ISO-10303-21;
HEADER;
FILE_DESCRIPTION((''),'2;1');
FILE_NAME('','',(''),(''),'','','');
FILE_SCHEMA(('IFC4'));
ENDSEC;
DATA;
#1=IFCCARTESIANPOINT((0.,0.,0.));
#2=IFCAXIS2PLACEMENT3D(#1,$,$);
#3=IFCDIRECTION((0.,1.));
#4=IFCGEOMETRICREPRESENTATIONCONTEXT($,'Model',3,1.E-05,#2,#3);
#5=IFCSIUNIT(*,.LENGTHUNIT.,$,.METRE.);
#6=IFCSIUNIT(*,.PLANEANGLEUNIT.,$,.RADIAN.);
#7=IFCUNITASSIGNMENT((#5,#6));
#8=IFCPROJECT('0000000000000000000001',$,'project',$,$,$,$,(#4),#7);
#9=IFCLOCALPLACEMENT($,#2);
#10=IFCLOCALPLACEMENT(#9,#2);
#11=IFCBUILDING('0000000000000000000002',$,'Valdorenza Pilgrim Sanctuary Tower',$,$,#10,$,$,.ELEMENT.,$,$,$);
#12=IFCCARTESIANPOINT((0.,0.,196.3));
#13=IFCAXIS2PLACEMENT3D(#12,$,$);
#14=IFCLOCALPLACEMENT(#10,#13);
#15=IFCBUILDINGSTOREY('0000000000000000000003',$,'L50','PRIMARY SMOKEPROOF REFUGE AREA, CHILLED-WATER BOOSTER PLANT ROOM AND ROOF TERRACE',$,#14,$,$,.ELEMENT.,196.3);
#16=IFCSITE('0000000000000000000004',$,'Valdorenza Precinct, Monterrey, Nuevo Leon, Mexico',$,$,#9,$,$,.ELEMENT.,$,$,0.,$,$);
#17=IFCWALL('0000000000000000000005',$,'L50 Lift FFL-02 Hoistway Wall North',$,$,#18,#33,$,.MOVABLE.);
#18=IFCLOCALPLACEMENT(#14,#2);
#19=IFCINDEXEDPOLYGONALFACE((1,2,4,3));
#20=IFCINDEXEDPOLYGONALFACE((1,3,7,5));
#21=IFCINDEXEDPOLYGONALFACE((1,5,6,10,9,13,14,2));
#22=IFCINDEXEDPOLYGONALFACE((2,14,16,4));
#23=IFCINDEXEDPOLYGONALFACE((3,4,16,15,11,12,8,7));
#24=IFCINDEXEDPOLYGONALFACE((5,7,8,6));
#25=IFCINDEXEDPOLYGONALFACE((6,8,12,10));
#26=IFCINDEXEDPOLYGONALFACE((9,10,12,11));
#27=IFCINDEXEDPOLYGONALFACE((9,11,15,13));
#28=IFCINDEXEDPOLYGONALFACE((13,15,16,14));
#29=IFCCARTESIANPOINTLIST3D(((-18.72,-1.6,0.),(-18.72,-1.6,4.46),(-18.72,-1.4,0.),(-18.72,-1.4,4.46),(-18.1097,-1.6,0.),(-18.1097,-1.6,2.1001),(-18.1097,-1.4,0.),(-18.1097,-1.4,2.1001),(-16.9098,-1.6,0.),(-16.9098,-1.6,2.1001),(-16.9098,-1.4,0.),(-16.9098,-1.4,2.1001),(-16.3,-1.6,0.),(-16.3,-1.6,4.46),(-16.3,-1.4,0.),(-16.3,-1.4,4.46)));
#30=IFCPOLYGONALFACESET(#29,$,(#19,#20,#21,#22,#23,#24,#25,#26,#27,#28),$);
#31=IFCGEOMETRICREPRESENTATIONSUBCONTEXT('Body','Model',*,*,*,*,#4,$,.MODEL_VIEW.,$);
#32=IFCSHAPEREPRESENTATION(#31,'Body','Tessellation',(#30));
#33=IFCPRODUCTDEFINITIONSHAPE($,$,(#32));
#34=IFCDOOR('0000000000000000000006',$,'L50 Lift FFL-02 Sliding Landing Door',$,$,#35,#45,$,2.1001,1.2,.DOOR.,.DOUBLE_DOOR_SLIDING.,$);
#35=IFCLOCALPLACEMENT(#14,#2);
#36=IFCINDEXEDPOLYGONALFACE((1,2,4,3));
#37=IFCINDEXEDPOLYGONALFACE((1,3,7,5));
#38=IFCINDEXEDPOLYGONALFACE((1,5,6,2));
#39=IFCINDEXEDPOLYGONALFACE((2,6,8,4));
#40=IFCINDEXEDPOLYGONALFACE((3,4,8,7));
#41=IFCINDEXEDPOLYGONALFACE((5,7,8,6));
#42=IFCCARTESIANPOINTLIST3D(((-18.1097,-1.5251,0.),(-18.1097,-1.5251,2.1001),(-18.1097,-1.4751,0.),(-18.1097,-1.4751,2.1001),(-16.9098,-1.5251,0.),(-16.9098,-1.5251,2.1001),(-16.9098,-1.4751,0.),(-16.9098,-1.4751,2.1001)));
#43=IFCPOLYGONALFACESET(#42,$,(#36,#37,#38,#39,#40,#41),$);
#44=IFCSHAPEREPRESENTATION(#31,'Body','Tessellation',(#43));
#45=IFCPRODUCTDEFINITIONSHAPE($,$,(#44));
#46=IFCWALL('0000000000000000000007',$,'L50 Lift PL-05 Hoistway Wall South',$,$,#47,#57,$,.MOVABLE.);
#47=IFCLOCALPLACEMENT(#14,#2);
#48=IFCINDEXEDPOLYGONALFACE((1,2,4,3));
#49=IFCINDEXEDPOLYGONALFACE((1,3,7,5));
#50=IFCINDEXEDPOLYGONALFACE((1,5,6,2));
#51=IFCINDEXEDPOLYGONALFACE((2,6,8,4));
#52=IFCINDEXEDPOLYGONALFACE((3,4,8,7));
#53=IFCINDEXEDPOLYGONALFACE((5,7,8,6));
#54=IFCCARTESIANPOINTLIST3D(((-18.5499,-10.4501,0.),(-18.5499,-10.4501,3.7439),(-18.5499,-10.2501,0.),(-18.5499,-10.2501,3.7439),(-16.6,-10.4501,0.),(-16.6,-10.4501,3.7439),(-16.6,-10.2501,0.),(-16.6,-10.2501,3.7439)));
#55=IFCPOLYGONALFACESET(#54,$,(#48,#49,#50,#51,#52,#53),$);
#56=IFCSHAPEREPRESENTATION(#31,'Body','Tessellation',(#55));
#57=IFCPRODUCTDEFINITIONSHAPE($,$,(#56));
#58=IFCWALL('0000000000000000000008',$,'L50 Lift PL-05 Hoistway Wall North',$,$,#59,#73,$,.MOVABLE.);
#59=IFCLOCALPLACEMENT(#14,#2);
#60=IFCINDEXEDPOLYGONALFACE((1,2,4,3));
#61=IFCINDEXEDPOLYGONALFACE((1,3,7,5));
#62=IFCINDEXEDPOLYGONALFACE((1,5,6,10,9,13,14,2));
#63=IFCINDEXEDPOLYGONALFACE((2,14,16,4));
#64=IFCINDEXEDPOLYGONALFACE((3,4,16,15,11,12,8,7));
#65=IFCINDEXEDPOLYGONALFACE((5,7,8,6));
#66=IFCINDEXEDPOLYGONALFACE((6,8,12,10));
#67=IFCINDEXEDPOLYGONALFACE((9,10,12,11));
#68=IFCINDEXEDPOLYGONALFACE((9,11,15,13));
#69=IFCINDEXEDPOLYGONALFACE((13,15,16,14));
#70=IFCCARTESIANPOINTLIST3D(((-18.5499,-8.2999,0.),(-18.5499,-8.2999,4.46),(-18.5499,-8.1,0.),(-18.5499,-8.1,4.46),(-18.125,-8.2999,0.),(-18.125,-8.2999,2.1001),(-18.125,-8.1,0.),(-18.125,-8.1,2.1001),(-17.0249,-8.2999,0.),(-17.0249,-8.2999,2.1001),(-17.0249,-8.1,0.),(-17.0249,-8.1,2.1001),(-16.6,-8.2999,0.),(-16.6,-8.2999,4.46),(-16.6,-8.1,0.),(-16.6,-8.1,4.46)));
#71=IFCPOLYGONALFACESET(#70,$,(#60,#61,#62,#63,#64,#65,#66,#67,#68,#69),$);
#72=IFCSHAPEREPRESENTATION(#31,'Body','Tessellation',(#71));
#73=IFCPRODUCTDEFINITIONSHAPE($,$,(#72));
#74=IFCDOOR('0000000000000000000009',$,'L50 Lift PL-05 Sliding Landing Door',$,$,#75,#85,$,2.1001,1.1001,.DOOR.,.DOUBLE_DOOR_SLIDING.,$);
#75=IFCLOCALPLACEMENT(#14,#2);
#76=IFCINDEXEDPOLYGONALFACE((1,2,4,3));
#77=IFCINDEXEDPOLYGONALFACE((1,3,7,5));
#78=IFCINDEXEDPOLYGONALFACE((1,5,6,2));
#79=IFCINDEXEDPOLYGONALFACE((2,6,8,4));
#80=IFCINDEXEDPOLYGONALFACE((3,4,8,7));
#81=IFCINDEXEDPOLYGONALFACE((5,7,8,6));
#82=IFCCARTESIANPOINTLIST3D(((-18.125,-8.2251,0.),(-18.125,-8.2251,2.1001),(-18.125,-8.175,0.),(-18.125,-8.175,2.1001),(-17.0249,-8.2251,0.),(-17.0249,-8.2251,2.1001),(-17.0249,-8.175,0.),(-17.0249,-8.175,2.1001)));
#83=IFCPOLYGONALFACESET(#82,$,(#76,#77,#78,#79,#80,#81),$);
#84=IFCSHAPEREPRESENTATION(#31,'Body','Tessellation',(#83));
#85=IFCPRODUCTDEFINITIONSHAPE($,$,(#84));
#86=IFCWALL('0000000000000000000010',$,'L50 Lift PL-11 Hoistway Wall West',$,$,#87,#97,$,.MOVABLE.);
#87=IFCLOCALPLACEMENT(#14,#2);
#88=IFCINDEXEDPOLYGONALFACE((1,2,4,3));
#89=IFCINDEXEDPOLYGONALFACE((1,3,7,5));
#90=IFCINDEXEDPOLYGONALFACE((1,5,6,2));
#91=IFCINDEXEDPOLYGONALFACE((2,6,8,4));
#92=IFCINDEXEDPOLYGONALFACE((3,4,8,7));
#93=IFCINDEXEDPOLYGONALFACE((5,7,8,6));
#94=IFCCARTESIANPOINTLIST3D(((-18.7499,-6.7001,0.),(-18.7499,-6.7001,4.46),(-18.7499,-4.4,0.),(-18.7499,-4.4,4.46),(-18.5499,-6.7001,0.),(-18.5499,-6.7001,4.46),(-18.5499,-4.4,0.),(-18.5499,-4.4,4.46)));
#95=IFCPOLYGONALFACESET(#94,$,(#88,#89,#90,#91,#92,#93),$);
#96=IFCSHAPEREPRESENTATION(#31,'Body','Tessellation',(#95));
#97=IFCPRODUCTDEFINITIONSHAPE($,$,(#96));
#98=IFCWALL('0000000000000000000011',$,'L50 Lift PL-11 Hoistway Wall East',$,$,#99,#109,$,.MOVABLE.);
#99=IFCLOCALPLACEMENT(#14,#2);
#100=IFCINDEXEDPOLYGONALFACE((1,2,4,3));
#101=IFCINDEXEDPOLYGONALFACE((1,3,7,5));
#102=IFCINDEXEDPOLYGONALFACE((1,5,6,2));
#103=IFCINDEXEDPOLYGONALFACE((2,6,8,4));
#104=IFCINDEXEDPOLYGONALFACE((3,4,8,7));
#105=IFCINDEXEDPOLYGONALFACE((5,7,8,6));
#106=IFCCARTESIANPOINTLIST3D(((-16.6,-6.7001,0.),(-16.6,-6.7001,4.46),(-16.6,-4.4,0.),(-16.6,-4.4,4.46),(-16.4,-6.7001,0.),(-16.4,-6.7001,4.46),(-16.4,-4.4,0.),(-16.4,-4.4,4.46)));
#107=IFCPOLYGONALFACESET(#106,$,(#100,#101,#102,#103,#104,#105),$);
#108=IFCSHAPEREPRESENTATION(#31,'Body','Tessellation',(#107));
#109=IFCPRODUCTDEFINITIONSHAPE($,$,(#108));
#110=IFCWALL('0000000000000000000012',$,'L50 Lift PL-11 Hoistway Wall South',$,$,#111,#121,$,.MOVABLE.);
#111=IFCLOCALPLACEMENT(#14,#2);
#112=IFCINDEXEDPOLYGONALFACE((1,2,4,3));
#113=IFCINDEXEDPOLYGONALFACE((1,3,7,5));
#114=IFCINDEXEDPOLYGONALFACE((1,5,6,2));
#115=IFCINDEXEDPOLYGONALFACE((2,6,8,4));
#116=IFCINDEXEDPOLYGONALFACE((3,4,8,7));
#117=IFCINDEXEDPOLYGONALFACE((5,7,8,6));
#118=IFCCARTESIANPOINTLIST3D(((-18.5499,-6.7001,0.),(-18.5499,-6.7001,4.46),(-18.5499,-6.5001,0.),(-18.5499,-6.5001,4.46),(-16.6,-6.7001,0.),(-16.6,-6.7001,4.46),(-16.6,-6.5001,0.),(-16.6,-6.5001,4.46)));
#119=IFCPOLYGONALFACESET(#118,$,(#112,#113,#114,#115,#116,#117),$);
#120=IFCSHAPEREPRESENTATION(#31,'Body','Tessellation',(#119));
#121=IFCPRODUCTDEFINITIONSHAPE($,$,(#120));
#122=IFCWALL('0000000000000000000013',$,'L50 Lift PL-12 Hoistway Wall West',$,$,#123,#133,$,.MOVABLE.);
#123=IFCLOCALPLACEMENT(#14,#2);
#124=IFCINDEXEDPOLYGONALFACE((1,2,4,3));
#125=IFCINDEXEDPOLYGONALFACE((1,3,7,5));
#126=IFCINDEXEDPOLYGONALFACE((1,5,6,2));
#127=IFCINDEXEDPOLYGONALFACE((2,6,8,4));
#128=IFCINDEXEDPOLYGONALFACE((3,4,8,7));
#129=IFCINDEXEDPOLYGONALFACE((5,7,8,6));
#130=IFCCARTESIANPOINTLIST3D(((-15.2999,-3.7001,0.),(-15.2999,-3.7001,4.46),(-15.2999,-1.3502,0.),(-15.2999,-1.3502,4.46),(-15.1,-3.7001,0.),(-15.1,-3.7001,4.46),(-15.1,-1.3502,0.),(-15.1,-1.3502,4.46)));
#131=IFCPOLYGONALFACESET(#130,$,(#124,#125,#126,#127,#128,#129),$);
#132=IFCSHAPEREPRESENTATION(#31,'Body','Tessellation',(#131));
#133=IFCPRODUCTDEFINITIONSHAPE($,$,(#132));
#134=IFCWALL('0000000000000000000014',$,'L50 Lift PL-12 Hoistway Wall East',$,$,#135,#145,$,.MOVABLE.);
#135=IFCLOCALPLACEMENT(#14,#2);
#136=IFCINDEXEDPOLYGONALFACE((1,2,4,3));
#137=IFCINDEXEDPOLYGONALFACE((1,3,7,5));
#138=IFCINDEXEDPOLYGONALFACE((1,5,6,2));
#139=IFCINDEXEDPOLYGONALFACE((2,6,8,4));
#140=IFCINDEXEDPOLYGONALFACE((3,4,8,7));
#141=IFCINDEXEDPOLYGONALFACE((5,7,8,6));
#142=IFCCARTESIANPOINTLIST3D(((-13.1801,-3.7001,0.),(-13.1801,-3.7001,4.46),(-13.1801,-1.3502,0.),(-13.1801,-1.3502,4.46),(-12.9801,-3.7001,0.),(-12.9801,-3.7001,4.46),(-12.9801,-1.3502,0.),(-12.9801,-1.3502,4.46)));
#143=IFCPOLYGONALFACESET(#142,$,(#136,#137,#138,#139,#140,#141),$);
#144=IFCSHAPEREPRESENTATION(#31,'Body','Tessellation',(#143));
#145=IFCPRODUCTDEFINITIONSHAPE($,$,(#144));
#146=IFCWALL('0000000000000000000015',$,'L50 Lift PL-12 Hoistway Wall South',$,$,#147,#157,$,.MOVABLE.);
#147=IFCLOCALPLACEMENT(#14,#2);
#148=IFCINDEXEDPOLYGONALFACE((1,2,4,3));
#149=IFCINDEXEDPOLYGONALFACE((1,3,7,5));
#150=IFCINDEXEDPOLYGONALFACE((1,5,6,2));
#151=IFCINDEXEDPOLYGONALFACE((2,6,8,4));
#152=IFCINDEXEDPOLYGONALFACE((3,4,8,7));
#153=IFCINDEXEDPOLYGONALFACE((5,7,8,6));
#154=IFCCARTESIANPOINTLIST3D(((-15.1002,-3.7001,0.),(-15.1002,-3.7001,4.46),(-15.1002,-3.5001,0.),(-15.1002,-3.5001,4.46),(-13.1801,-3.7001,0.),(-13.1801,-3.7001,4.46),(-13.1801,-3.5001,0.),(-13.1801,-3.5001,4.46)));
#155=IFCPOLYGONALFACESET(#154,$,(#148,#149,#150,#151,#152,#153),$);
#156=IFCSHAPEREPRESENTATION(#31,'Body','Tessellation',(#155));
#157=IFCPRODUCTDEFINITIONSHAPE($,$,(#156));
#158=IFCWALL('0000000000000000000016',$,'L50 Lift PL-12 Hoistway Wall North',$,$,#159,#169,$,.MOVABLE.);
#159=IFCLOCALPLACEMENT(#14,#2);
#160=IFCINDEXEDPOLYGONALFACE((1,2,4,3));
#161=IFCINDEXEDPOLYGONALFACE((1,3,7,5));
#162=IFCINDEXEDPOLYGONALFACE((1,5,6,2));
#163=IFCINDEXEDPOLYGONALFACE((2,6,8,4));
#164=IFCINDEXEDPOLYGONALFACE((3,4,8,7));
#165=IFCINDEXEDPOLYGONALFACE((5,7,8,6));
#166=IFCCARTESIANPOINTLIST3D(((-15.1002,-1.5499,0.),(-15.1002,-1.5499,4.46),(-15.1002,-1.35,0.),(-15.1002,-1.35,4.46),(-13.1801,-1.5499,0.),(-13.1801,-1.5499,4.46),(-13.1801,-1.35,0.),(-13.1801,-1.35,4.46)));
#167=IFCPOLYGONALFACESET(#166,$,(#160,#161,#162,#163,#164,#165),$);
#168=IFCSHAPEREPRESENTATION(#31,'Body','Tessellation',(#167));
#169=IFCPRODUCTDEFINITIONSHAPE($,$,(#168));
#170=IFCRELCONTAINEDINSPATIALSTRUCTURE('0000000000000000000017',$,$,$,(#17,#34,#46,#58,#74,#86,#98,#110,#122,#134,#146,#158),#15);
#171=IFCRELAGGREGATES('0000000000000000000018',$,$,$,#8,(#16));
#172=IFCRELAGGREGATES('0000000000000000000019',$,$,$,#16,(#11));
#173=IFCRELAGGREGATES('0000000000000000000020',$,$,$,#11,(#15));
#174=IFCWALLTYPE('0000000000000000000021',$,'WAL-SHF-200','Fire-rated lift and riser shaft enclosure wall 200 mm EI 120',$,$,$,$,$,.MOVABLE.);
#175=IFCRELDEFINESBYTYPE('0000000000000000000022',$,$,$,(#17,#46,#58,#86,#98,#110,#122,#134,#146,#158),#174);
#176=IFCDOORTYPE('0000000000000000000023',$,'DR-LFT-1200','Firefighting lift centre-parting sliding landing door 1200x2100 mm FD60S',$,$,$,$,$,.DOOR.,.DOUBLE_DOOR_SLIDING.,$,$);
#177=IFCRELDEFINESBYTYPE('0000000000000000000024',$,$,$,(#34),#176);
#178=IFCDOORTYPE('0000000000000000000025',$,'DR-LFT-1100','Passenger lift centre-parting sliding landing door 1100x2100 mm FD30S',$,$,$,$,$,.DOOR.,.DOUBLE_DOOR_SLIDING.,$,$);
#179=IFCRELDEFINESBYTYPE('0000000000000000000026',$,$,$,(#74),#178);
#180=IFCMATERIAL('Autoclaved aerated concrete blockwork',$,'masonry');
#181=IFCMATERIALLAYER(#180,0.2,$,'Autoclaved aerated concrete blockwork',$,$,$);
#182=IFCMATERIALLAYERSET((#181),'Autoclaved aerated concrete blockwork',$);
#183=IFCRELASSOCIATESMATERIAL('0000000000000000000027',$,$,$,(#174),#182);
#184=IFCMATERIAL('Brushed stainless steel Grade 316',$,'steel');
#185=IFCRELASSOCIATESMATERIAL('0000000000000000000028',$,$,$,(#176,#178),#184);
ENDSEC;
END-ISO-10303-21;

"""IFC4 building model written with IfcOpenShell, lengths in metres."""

from ifc_helpers import new_model, si_unit, direction, frame, frame_2d, origin, place, context, subcontext, project, spatial, rectangle, extrude, material, layer, layer_set, type_object, element, fill, save


model = new_model("IFC4")

# Units and contexts
model_context = context("Model", 3, precision=1e-05, world=origin(), true_north=direction((0.0, 1.0)))
body_context = subcontext(model_context, "Body", "Model", "MODEL_VIEW")
ifc_project = project(units=[si_unit("LENGTHUNIT", "METRE"), si_unit("PLANEANGLEUNIT", "RADIAN")], contexts=[model_context])

# Site, building, storey
site_placement = place(None, origin())
site = spatial("IfcSite", under=ifc_project, at=site_placement, Name="Valdorenza Precinct, Monterrey, Nuevo Leon, Mexico", CompositionType="ELEMENT", RefElevation=0.0)
building_placement = place(site_placement, origin())
building = spatial("IfcBuilding", under=site, at=building_placement, Name="Valdorenza Pilgrim Sanctuary Tower", CompositionType="ELEMENT")
storey_placement = place(building_placement, frame((0.0, 0.0, 196.3)))
storey = spatial("IfcBuildingStorey", under=building, at=storey_placement, Name="L50", Description="PRIMARY SMOKEPROOF REFUGE AREA, CHILLED-WATER BOOSTER PLANT ROOM AND ROOF TERRACE", CompositionType="ELEMENT", Elevation=196.3)

# Shared definitions
ifc_material_1 = material(Name="Autoclaved aerated concrete blockwork", Category="masonry")
ifc_layer_1 = layer(ifc_material_1, 0.2, Name="Autoclaved aerated concrete blockwork")
ifc_layer_set_1 = layer_set([ifc_layer_1], Name="Autoclaved aerated concrete blockwork")
wall_type_1 = type_object("IfcWallType", Name="WAL-SHF-200", Description="Fire-rated lift and riser shaft enclosure wall 200 mm EI 120", PredefinedType="MOVABLE", material=ifc_layer_set_1)

# Wall, opening, door
wall_1_placement = place(storey_placement, frame((-18.72, -1.5, 0.0), z_axis=(0.0, 0.0, 1.0), x_axis=(1.0, 0.0, 0.0)))
wall_1 = element("IfcWall", 1, at=wall_1_placement, inside=storey, type_object=wall_type_1, Name="L50 Lift FFL-02 Hoistway Wall North", PredefinedType="MOVABLE", context=body_context, shape_type="SweptSolid", body=[
    extrude(rectangle(XDim=2.4199, YDim=0.2, at=frame_2d((1.21, 0.0))), origin(), (0.0, 0.0, 1.0), 4.46),
])
opening_1_placement = place(wall_1_placement, frame((0.6101, 0.0, 0.0)))
opening_1 = element("IfcOpeningElement", 2, at=opening_1_placement, cuts=wall_1, PredefinedType="OPENING", context=body_context, shape_type="SweptSolid", body=[
    extrude(rectangle(XDim=1.2, YDim=2.1001, at=frame_2d((0.6001, 1.05))), frame((0.0, 0.1147, 0.0), z_axis=(0.0, -1.0, 0.0), x_axis=(1.0, 0.0, 0.0)), (0.0, 0.0, 1.0), 0.2297),
])
ifc_material_2 = material(Name="Brushed stainless steel Grade 316", Category="steel")
door_type_1 = type_object("IfcDoorType", Name="DR-LFT-1200", Description="Firefighting lift centre-parting sliding landing door 1200x2100 mm FD60S", OperationType="DOUBLE_DOOR_SLIDING", PredefinedType="DOOR", material=ifc_material_2)
door_1_placement = place(opening_1_placement, origin())
door_1 = element("IfcDoor", 3, at=door_1_placement, inside=storey, type_object=door_type_1, Name="L50 Lift FFL-02 Sliding Landing Door", OperationType="DOUBLE_DOOR_SLIDING", OverallHeight=2.1001, OverallWidth=1.2, PredefinedType="DOOR", context=body_context, shape_type="SweptSolid", body=[
    extrude(rectangle(XDim=1.2, YDim=2.1001, at=frame_2d((0.6001, 1.05))), frame((0.0, 0.0249, 0.0), z_axis=(0.0, -1.0, 0.0), x_axis=(1.0, 0.0, 0.0)), (0.0, 0.0, 1.0), 0.05),
])
fill(opening_1, door_1)

# Wall
wall_2_placement = place(storey_placement, frame((-18.55, -10.3501, 0.0), z_axis=(0.0, 0.0, 1.0), x_axis=(1.0, 0.0, 0.0)))
element("IfcWall", 4, at=wall_2_placement, inside=storey, type_object=wall_type_1, Name="L50 Lift PL-05 Hoistway Wall South", PredefinedType="MOVABLE", context=body_context, shape_type="SweptSolid", body=[
    extrude(rectangle(XDim=1.95, YDim=0.2, at=frame_2d((0.9751, 0.0))), origin(), (0.0, 0.0, 1.0), 3.7439),
])

# Wall, opening, door
wall_3_placement = place(storey_placement, frame((-18.55, -8.2, 0.0), z_axis=(0.0, 0.0, 1.0), x_axis=(1.0, 0.0, 0.0)))
wall_3 = element("IfcWall", 5, at=wall_3_placement, inside=storey, type_object=wall_type_1, Name="L50 Lift PL-05 Hoistway Wall North", PredefinedType="MOVABLE", context=body_context, shape_type="SweptSolid", body=[
    extrude(rectangle(XDim=1.95, YDim=0.2, at=frame_2d((0.9751, 0.0))), origin(), (0.0, 0.0, 1.0), 4.46),
])
opening_2_placement = place(wall_3_placement, frame((0.425, 0.0, 0.0)))
opening_2 = element("IfcOpeningElement", 6, at=opening_2_placement, cuts=wall_3, PredefinedType="OPENING", context=body_context, shape_type="SweptSolid", body=[
    extrude(rectangle(XDim=1.1001, YDim=2.1001, at=frame_2d((0.55, 1.05))), frame((0.0, 0.1147, 0.0), z_axis=(0.0, -1.0, 0.0), x_axis=(1.0, 0.0, 0.0)), (0.0, 0.0, 1.0), 0.2297),
])
door_type_2 = type_object("IfcDoorType", Name="DR-LFT-1100", Description="Passenger lift centre-parting sliding landing door 1100x2100 mm FD30S", OperationType="DOUBLE_DOOR_SLIDING", PredefinedType="DOOR", material=ifc_material_2)
door_2_placement = place(opening_2_placement, origin())
door_2 = element("IfcDoor", 7, at=door_2_placement, inside=storey, type_object=door_type_2, Name="L50 Lift PL-05 Sliding Landing Door", OperationType="DOUBLE_DOOR_SLIDING", OverallHeight=2.1001, OverallWidth=1.1001, PredefinedType="DOOR", context=body_context, shape_type="SweptSolid", body=[
    extrude(rectangle(XDim=1.1001, YDim=2.1001, at=frame_2d((0.55, 1.05))), frame((0.0, 0.0249, 0.0), z_axis=(0.0, -1.0, 0.0), x_axis=(1.0, 0.0, 0.0)), (0.0, 0.0, 1.0), 0.05),
])
fill(opening_2, door_2)

# Walls
for number, where, z_axis, x_axis, name in (
    (8, (-18.6499, -6.7, 0.0), (0.0, 0.0, 1.0), (0.0, 1.0, 0.0), "L50 Lift PL-11 Hoistway Wall West"),
    (9, (-16.5, -6.7, 0.0), (0.0, 0.0, 1.0), (0.0, 1.0, 0.0), "L50 Lift PL-11 Hoistway Wall East"),
):
    element("IfcWall", number, at=place(storey_placement, frame(where, z_axis=z_axis, x_axis=x_axis)), inside=storey, type_object=wall_type_1, Name=name, PredefinedType="MOVABLE", context=body_context, shape_type="SweptSolid", body=[
        extrude(rectangle(XDim=2.3, YDim=0.2, at=frame_2d((1.1499, 0.0))), origin(), (0.0, 0.0, 1.0), 4.46),
    ])
wall_4_placement = place(storey_placement, frame((-18.55, -6.6001, 0.0), z_axis=(0.0, 0.0, 1.0), x_axis=(1.0, 0.0, 0.0)))
element("IfcWall", 10, at=wall_4_placement, inside=storey, type_object=wall_type_1, Name="L50 Lift PL-11 Hoistway Wall South", PredefinedType="MOVABLE", context=body_context, shape_type="SweptSolid", body=[
    extrude(rectangle(XDim=1.95, YDim=0.2, at=frame_2d((0.9751, 0.0))), origin(), (0.0, 0.0, 1.0), 4.46),
])
for number, where, z_axis, x_axis, name in (
    (11, (-15.2, -3.7, 0.0), (0.0, 0.0, 1.0), (0.0, 1.0, 0.0), "L50 Lift PL-12 Hoistway Wall West"),
    (12, (-13.0801, -3.7, 0.0), (0.0, 0.0, 1.0), (0.0, 1.0, 0.0), "L50 Lift PL-12 Hoistway Wall East"),
):
    element("IfcWall", number, at=place(storey_placement, frame(where, z_axis=z_axis, x_axis=x_axis)), inside=storey, type_object=wall_type_1, Name=name, PredefinedType="MOVABLE", context=body_context, shape_type="SweptSolid", body=[
        extrude(rectangle(XDim=2.3499, YDim=0.2, at=frame_2d((1.1748, 0.0))), origin(), (0.0, 0.0, 1.0), 4.46),
    ])
for number, where, z_axis, x_axis, name in (
    (13, (-15.1001, -3.6001, 0.0), (0.0, 0.0, 1.0), (1.0, 0.0, 0.0), "L50 Lift PL-12 Hoistway Wall South"),
    (14, (-15.1001, -1.45, 0.0), (0.0, 0.0, 1.0), (1.0, 0.0, 0.0), "L50 Lift PL-12 Hoistway Wall North"),
):
    element("IfcWall", number, at=place(storey_placement, frame(where, z_axis=z_axis, x_axis=x_axis)), inside=storey, type_object=wall_type_1, Name=name, PredefinedType="MOVABLE", context=body_context, shape_type="SweptSolid", body=[
        extrude(rectangle(XDim=1.9202, YDim=0.2, at=frame_2d((0.96, 0.0))), origin(), (0.0, 0.0, 1.0), 4.46),
    ])

save(model, "model.ifc")
